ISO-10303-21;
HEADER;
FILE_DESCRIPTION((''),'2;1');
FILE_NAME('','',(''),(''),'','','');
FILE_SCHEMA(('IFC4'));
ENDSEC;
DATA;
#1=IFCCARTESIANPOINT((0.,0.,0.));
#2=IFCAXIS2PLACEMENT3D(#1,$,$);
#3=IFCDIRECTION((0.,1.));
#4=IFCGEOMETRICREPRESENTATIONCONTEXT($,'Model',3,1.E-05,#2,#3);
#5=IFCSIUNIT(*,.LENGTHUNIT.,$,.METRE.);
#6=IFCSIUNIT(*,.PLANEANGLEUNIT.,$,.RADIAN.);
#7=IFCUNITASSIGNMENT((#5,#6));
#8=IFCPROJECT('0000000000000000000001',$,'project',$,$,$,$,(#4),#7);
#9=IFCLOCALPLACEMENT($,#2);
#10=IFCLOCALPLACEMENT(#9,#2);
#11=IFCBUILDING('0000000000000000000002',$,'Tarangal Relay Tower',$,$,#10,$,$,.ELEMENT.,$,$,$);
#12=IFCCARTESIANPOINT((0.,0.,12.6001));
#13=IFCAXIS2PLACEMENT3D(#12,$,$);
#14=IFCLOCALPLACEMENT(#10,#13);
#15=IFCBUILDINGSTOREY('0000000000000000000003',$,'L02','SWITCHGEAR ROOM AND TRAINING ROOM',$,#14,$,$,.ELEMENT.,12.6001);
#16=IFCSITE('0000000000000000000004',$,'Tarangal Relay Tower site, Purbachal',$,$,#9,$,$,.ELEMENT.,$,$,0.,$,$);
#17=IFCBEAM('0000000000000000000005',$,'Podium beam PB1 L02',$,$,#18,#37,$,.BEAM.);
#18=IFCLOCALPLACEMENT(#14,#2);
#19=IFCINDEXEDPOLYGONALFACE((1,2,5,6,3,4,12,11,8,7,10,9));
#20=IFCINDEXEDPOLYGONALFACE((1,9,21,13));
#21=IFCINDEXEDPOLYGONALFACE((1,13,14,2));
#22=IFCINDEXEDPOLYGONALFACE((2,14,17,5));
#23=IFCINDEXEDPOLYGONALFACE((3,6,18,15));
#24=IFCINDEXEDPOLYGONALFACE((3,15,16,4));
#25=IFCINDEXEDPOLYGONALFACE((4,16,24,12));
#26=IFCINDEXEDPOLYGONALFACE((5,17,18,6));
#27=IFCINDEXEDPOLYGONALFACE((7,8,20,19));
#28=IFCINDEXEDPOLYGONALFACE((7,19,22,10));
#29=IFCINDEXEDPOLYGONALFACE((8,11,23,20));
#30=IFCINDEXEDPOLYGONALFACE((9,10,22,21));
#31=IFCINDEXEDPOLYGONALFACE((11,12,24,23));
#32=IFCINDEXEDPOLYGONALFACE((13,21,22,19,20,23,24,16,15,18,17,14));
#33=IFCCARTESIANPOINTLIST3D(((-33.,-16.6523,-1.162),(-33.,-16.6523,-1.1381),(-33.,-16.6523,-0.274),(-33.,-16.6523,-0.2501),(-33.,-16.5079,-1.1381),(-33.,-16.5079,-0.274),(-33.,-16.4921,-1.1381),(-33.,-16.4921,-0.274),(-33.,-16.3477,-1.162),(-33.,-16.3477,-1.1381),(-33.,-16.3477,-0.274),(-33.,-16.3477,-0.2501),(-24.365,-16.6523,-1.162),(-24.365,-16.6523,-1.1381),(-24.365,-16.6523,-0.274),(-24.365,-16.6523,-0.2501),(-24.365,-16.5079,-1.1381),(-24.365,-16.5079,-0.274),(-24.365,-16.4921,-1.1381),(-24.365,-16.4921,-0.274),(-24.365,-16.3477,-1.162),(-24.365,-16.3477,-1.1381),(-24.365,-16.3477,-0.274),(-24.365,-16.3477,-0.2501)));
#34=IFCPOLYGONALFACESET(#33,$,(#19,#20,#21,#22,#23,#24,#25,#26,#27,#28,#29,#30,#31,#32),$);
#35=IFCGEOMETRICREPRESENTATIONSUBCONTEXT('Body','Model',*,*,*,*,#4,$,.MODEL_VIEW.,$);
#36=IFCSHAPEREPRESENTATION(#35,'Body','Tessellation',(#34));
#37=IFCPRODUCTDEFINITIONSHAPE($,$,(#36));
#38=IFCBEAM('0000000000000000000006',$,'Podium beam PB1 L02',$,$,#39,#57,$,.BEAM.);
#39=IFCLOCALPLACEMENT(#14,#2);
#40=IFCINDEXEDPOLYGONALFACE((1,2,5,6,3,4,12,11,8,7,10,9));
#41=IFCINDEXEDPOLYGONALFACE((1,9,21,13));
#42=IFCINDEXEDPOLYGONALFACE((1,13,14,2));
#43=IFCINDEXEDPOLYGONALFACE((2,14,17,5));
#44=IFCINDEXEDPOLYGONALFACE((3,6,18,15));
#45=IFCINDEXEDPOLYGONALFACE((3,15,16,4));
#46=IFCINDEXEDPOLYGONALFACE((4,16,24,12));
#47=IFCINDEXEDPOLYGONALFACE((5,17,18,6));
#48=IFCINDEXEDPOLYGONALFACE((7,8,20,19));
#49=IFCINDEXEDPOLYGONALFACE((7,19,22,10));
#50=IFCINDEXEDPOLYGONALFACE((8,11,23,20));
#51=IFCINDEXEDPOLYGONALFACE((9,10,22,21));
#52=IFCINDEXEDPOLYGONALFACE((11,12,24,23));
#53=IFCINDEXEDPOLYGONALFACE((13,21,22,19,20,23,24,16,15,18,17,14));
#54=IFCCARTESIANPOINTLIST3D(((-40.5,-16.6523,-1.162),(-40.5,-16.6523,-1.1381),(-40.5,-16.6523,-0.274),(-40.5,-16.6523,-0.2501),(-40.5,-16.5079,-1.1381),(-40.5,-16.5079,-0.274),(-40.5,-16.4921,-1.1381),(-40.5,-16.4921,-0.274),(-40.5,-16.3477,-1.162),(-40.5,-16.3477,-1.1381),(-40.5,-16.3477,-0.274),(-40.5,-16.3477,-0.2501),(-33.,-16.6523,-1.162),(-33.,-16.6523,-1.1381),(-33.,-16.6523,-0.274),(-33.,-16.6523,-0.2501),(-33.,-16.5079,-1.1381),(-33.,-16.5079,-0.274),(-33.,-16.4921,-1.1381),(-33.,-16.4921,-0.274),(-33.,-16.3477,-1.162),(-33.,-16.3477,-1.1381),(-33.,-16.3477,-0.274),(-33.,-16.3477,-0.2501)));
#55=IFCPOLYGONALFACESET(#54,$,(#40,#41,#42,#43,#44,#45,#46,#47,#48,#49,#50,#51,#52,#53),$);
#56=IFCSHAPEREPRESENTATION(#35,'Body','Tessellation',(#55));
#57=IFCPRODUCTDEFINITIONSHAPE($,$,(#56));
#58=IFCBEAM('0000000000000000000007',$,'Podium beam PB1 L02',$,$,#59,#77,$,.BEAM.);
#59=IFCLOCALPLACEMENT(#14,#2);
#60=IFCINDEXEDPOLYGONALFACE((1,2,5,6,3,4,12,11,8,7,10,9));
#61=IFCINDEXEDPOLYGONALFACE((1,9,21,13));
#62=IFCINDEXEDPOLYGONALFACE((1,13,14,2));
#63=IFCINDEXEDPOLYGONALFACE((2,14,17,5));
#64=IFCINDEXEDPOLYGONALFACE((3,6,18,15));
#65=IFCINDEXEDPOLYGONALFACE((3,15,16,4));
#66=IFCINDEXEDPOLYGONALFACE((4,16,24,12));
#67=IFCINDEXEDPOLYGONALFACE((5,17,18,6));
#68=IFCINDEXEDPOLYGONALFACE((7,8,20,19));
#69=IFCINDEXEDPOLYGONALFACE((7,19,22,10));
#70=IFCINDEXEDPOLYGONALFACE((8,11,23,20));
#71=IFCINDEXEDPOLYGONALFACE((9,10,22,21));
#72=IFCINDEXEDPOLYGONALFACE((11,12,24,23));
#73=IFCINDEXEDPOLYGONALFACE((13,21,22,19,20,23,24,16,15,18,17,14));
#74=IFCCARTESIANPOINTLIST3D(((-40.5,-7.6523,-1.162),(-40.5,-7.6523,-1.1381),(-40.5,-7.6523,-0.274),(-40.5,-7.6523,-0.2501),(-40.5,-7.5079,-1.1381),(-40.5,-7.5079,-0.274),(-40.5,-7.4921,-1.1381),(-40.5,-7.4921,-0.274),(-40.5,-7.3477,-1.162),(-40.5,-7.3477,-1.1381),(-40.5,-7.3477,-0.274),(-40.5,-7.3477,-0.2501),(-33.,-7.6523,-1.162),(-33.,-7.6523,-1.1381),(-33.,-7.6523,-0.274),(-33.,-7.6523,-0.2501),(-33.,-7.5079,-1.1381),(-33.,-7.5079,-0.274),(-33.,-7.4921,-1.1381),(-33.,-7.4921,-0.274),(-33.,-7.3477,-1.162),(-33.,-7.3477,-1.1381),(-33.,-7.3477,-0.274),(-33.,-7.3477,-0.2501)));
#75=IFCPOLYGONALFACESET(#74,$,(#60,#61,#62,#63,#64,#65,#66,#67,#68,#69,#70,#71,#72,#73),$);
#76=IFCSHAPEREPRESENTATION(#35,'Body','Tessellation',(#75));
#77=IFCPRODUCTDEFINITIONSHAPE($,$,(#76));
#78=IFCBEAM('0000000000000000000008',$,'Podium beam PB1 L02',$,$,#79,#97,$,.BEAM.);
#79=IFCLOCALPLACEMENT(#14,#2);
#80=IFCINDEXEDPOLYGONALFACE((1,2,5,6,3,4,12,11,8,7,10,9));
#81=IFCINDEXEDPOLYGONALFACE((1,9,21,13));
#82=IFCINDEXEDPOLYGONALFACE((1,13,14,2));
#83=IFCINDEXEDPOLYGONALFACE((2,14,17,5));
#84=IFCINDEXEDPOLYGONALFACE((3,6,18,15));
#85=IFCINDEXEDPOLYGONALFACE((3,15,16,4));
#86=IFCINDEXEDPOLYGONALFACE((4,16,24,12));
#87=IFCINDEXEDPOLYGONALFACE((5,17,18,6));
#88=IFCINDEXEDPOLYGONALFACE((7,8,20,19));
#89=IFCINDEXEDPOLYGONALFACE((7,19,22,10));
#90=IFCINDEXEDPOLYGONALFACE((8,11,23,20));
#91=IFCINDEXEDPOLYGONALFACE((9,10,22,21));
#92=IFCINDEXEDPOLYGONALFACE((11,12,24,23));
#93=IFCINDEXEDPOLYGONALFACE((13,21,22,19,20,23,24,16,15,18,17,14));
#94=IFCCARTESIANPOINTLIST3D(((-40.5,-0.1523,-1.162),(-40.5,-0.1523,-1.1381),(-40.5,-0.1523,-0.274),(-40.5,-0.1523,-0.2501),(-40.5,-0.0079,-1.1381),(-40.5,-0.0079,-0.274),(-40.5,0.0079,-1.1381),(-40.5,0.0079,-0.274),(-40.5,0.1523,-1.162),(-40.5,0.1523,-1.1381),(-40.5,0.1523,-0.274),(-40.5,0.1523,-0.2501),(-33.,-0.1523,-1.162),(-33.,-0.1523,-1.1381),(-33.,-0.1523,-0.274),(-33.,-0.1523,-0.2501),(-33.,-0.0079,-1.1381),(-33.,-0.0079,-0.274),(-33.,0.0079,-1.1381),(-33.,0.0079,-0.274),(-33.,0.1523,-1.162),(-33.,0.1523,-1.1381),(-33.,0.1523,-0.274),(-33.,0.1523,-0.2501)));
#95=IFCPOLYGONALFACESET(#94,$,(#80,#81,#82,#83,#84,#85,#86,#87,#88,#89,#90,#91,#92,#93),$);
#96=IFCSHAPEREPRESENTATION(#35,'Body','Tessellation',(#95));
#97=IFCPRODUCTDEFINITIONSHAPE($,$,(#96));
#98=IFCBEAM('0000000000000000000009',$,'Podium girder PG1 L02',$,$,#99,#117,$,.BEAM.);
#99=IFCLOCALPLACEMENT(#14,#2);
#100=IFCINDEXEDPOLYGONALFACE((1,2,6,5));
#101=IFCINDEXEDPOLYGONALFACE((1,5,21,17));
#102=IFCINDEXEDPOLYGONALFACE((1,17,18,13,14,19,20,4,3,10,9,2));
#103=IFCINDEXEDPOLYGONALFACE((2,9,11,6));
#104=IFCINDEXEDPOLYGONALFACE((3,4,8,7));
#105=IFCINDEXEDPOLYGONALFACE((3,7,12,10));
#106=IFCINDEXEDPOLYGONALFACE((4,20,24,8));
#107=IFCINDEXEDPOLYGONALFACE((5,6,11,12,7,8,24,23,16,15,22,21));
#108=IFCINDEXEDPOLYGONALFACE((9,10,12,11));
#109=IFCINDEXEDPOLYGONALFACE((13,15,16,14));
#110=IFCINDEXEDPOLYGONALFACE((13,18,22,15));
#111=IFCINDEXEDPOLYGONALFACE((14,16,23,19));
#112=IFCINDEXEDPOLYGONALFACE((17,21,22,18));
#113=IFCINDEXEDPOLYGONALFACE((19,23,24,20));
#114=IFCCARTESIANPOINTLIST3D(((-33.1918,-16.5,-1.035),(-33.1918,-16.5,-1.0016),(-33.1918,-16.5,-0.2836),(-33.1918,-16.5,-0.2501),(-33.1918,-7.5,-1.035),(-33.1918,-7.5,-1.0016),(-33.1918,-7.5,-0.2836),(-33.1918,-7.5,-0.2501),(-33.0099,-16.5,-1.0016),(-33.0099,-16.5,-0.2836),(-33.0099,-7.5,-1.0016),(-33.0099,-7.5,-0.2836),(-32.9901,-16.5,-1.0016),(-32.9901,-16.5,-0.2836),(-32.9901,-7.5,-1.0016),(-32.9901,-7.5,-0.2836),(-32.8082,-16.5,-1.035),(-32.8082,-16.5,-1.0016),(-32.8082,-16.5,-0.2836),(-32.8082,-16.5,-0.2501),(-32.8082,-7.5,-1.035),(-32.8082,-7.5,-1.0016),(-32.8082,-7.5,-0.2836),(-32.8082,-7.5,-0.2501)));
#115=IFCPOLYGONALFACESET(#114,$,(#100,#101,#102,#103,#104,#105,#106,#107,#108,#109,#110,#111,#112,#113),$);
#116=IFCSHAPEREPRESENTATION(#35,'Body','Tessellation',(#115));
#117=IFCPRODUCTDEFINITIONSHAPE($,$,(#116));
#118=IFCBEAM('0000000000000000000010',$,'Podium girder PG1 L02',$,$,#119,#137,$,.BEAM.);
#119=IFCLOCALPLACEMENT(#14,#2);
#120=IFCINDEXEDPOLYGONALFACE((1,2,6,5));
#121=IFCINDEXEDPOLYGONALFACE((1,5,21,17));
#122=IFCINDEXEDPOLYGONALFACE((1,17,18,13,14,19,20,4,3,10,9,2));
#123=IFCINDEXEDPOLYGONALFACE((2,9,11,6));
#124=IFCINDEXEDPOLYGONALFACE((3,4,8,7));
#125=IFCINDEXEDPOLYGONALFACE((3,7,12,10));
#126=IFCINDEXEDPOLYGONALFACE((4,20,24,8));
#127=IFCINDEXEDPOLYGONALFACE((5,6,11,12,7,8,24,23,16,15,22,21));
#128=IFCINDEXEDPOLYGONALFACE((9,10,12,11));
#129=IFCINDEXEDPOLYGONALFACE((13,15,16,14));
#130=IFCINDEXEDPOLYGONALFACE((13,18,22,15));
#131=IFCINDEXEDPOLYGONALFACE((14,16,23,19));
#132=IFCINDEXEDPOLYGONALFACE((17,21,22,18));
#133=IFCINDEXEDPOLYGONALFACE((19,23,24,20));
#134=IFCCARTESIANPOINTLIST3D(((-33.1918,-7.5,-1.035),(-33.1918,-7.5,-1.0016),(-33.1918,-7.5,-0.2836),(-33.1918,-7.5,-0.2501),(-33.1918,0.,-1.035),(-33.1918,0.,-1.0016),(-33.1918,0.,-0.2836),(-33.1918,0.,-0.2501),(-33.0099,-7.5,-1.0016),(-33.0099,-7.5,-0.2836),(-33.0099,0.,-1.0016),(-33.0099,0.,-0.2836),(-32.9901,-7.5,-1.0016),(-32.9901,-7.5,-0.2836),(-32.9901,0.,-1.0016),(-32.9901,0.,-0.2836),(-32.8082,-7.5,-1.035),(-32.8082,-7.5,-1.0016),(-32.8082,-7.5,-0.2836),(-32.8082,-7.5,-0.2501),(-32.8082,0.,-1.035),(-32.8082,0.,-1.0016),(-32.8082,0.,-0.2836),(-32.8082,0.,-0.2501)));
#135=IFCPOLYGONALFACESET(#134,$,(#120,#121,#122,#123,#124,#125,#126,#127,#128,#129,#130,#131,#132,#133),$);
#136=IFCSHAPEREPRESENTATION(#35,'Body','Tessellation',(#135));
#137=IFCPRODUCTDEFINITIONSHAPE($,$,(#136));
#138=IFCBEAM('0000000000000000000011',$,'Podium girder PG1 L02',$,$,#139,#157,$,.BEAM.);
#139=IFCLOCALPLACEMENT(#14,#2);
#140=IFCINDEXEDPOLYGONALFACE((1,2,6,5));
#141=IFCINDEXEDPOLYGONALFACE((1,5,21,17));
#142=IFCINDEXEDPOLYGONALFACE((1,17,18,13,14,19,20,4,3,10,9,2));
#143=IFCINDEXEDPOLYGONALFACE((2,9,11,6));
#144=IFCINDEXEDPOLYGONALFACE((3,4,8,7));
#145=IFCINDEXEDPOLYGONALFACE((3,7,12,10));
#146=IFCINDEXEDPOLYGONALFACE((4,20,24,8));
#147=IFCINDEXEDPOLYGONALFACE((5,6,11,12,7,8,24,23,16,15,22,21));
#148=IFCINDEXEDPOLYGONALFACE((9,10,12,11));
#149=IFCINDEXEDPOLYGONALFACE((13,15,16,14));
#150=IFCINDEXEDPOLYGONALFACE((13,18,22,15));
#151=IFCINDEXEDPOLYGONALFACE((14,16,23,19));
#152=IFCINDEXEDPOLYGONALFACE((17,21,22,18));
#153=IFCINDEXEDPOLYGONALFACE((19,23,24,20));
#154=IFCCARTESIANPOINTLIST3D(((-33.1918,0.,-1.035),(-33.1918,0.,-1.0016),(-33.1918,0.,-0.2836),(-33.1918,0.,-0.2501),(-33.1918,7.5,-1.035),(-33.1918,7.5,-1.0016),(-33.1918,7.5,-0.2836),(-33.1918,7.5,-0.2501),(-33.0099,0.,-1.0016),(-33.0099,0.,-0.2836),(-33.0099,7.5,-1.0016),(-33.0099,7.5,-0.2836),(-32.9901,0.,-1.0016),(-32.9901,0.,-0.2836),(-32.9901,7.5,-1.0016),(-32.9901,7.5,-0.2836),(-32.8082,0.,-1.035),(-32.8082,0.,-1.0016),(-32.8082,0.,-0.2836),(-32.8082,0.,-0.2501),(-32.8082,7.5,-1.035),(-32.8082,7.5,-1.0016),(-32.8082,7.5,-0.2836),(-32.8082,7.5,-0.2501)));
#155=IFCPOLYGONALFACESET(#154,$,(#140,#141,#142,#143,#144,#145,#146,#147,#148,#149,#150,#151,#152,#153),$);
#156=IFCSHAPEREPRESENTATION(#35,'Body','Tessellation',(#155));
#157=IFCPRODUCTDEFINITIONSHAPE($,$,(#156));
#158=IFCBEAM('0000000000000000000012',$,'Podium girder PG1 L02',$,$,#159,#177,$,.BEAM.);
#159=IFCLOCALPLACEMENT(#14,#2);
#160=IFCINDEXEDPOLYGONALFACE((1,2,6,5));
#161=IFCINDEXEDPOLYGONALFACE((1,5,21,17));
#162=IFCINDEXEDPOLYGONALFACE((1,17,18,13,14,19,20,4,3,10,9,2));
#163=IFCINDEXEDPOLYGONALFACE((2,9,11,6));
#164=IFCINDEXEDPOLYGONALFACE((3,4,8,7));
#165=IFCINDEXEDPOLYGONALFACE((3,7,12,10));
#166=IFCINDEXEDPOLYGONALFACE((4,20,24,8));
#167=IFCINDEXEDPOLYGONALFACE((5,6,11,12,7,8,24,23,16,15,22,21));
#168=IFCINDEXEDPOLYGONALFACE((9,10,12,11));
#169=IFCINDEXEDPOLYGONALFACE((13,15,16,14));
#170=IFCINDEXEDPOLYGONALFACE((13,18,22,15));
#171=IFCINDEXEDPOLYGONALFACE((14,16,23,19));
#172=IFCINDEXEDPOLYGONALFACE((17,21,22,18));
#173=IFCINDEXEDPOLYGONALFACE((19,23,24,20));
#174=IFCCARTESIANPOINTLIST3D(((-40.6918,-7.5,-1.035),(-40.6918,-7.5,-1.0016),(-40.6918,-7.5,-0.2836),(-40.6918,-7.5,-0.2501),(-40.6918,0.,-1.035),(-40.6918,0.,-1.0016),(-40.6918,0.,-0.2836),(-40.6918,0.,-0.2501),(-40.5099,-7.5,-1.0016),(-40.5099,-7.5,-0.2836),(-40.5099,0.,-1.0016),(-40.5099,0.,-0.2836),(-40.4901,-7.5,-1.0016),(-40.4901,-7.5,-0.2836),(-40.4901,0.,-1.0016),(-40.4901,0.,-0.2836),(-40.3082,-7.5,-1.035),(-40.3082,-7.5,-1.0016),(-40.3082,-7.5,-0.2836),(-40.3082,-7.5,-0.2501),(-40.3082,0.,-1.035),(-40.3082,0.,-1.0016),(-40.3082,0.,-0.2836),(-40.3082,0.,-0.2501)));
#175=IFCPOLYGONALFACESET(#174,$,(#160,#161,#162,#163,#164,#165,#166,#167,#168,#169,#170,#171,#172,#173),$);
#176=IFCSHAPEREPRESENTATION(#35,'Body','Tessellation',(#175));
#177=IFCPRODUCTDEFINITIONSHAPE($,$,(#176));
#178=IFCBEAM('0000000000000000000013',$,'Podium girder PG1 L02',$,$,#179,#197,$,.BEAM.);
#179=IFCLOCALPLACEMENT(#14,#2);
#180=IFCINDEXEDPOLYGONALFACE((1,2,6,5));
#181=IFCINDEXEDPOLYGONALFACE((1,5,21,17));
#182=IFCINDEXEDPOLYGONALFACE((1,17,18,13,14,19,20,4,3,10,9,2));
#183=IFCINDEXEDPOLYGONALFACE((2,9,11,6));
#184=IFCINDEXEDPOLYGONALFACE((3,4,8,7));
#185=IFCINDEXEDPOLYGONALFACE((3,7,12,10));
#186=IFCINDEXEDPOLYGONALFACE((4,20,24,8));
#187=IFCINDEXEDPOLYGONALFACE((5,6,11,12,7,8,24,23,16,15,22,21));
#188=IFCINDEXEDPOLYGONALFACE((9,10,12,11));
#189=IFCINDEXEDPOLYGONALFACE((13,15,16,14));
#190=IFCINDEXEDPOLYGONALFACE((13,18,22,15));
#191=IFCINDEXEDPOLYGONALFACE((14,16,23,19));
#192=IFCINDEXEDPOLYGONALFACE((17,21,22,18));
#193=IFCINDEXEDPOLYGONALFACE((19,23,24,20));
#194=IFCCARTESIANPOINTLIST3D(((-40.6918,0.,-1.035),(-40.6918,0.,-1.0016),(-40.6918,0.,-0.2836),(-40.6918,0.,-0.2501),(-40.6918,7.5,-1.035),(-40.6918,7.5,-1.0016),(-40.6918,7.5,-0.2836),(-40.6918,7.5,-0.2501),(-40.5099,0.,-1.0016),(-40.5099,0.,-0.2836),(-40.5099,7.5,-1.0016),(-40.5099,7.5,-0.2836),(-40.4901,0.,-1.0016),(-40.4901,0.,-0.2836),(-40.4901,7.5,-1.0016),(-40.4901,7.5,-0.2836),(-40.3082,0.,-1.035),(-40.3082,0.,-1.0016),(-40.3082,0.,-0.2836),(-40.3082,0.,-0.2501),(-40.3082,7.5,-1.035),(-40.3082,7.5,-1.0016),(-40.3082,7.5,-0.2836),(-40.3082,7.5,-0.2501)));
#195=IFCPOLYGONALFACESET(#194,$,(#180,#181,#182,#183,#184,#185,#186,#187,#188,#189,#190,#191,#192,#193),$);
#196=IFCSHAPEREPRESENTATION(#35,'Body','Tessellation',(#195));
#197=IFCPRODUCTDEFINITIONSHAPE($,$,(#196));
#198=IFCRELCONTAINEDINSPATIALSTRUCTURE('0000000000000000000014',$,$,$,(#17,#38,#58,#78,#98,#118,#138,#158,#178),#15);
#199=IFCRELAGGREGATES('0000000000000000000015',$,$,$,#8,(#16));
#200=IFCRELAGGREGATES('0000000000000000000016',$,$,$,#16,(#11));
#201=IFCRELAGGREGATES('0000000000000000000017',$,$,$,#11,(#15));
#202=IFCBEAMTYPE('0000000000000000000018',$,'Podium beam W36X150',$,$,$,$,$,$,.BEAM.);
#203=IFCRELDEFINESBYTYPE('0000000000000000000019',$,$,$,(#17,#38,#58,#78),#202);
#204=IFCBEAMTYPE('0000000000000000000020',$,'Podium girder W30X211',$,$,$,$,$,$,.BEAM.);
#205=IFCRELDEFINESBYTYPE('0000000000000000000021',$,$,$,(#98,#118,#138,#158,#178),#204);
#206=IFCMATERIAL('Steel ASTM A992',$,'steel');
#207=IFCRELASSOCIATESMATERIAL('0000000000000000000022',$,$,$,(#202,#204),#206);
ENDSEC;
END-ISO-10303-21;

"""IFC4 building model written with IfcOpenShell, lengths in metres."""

from ifc_helpers import new_model, si_unit, direction, frame, origin, origin_2d, place, context, subcontext, project, spatial, i_section, extrude, material, material_profile, profile_set, type_object, element, save


model = new_model("IFC4")

# Units and contexts
model_context = context("Model", 3, precision=1e-05, world=origin(), true_north=direction((0.0, 1.0)))
body_context = subcontext(model_context, "Body", "Model", "MODEL_VIEW")
ifc_project = project(units=[si_unit("LENGTHUNIT", "METRE"), si_unit("PLANEANGLEUNIT", "RADIAN")], contexts=[model_context])

# Site, building, storey
site_placement = place(None, origin())
site = spatial("IfcSite", under=ifc_project, at=site_placement, Name="Tarangal Relay Tower site, Purbachal", CompositionType="ELEMENT", RefElevation=0.0)
building_placement = place(site_placement, origin())
building = spatial("IfcBuilding", under=site, at=building_placement, Name="Tarangal Relay Tower", CompositionType="ELEMENT")
storey_placement = place(building_placement, frame((0.0, 0.0, 12.6001)))
storey = spatial("IfcBuildingStorey", under=building, at=storey_placement, Name="L02", Description="SWITCHGEAR ROOM AND TRAINING ROOM", CompositionType="ELEMENT", Elevation=12.6001)

# Shared definitions
ifc_material_1 = material(Name="Steel ASTM A992", Category="steel")

# Beams
ifc_material_profile_1 = material_profile(ifc_material_1, i_section(OverallWidth=0.3047, OverallDepth=0.9119, WebThickness=0.0159, FlangeThickness=0.0239, at=origin_2d()), Name="W36X150")
ifc_profile_set_1 = profile_set([ifc_material_profile_1], Name="Steel ASTM A992")
beam_type_1 = type_object("IfcBeamType", Name="Podium beam W36X150", PredefinedType="BEAM", material=ifc_profile_set_1)
beam_1_placement = place(storey_placement, frame((-24.365, -16.5, -0.7061), z_axis=(-1.0, 0.0, 0.0), x_axis=(0.0, -1.0, 0.0)))
element("IfcBeam", 1, at=beam_1_placement, inside=storey, type_object=beam_type_1, Name="Podium beam PB1 L02", PredefinedType="BEAM", context=body_context, shape_type="SweptSolid", body=[
    extrude(i_section(OverallWidth=0.3047, OverallDepth=0.9119, WebThickness=0.0159, FlangeThickness=0.0239, at=origin_2d()), origin(), (0.0, 0.0, 1.0), 8.635),
])
for number, where, z_axis, x_axis, name in (
    (2, (-33.0, -16.5, -0.7061), (-1.0, 0.0, 0.0), (0.0, -1.0, 0.0), "Podium beam PB1 L02"),
    (3, (-33.0, -7.5, -0.7061), (-1.0, 0.0, 0.0), (0.0, -1.0, 0.0), "Podium beam PB1 L02"),
    (4, (-33.0, 0.0, -0.7061), (-1.0, 0.0, 0.0), (0.0, -1.0, 0.0), "Podium beam PB1 L02"),
):
    element("IfcBeam", number, at=place(storey_placement, frame(where, z_axis=z_axis, x_axis=x_axis)), inside=storey, type_object=beam_type_1, Name=name, PredefinedType="BEAM", context=body_context, shape_type="SweptSolid", body=[
        extrude(i_section(OverallWidth=0.3047, OverallDepth=0.9119, WebThickness=0.0159, FlangeThickness=0.0239, at=origin_2d()), origin(), (0.0, 0.0, 1.0), 7.5),
    ])
ifc_material_profile_2 = material_profile(ifc_material_1, i_section(OverallWidth=0.3835, OverallDepth=0.7849, WebThickness=0.0198, FlangeThickness=0.0334, at=origin_2d()), Name="W30X211")
ifc_profile_set_2 = profile_set([ifc_material_profile_2], Name="Steel ASTM A992")
beam_type_2 = type_object("IfcBeamType", Name="Podium girder W30X211", PredefinedType="BEAM", material=ifc_profile_set_2)
beam_2_placement = place(storey_placement, frame((-33.0, -16.5, -0.6426), z_axis=(0.0, 1.0, 0.0), x_axis=(-1.0, 0.0, 0.0)))
element("IfcBeam", 5, at=beam_2_placement, inside=storey, type_object=beam_type_2, Name="Podium girder PG1 L02", PredefinedType="BEAM", context=body_context, shape_type="SweptSolid", body=[
    extrude(i_section(OverallWidth=0.3835, OverallDepth=0.7849, WebThickness=0.0198, FlangeThickness=0.0334, at=origin_2d()), origin(), (0.0, 0.0, 1.0), 9.0),
])
for number, where, z_axis, x_axis, name in (
    (6, (-33.0, -7.5, -0.6426), (0.0, 1.0, 0.0), (-1.0, 0.0, 0.0), "Podium girder PG1 L02"),
    (7, (-33.0, 0.0, -0.6426), (0.0, 1.0, 0.0), (-1.0, 0.0, 0.0), "Podium girder PG1 L02"),
    (8, (-40.5, -7.5, -0.6426), (0.0, 1.0, 0.0), (-1.0, 0.0, 0.0), "Podium girder PG1 L02"),
    (9, (-40.5, 0.0, -0.6426), (0.0, 1.0, 0.0), (-1.0, 0.0, 0.0), "Podium girder PG1 L02"),
):
    element("IfcBeam", number, at=place(storey_placement, frame(where, z_axis=z_axis, x_axis=x_axis)), inside=storey, type_object=beam_type_2, Name=name, PredefinedType="BEAM", context=body_context, shape_type="SweptSolid", body=[
        extrude(i_section(OverallWidth=0.3835, OverallDepth=0.7849, WebThickness=0.0198, FlangeThickness=0.0334, at=origin_2d()), origin(), (0.0, 0.0, 1.0), 7.5),
    ])

save(model, "model.ifc")
